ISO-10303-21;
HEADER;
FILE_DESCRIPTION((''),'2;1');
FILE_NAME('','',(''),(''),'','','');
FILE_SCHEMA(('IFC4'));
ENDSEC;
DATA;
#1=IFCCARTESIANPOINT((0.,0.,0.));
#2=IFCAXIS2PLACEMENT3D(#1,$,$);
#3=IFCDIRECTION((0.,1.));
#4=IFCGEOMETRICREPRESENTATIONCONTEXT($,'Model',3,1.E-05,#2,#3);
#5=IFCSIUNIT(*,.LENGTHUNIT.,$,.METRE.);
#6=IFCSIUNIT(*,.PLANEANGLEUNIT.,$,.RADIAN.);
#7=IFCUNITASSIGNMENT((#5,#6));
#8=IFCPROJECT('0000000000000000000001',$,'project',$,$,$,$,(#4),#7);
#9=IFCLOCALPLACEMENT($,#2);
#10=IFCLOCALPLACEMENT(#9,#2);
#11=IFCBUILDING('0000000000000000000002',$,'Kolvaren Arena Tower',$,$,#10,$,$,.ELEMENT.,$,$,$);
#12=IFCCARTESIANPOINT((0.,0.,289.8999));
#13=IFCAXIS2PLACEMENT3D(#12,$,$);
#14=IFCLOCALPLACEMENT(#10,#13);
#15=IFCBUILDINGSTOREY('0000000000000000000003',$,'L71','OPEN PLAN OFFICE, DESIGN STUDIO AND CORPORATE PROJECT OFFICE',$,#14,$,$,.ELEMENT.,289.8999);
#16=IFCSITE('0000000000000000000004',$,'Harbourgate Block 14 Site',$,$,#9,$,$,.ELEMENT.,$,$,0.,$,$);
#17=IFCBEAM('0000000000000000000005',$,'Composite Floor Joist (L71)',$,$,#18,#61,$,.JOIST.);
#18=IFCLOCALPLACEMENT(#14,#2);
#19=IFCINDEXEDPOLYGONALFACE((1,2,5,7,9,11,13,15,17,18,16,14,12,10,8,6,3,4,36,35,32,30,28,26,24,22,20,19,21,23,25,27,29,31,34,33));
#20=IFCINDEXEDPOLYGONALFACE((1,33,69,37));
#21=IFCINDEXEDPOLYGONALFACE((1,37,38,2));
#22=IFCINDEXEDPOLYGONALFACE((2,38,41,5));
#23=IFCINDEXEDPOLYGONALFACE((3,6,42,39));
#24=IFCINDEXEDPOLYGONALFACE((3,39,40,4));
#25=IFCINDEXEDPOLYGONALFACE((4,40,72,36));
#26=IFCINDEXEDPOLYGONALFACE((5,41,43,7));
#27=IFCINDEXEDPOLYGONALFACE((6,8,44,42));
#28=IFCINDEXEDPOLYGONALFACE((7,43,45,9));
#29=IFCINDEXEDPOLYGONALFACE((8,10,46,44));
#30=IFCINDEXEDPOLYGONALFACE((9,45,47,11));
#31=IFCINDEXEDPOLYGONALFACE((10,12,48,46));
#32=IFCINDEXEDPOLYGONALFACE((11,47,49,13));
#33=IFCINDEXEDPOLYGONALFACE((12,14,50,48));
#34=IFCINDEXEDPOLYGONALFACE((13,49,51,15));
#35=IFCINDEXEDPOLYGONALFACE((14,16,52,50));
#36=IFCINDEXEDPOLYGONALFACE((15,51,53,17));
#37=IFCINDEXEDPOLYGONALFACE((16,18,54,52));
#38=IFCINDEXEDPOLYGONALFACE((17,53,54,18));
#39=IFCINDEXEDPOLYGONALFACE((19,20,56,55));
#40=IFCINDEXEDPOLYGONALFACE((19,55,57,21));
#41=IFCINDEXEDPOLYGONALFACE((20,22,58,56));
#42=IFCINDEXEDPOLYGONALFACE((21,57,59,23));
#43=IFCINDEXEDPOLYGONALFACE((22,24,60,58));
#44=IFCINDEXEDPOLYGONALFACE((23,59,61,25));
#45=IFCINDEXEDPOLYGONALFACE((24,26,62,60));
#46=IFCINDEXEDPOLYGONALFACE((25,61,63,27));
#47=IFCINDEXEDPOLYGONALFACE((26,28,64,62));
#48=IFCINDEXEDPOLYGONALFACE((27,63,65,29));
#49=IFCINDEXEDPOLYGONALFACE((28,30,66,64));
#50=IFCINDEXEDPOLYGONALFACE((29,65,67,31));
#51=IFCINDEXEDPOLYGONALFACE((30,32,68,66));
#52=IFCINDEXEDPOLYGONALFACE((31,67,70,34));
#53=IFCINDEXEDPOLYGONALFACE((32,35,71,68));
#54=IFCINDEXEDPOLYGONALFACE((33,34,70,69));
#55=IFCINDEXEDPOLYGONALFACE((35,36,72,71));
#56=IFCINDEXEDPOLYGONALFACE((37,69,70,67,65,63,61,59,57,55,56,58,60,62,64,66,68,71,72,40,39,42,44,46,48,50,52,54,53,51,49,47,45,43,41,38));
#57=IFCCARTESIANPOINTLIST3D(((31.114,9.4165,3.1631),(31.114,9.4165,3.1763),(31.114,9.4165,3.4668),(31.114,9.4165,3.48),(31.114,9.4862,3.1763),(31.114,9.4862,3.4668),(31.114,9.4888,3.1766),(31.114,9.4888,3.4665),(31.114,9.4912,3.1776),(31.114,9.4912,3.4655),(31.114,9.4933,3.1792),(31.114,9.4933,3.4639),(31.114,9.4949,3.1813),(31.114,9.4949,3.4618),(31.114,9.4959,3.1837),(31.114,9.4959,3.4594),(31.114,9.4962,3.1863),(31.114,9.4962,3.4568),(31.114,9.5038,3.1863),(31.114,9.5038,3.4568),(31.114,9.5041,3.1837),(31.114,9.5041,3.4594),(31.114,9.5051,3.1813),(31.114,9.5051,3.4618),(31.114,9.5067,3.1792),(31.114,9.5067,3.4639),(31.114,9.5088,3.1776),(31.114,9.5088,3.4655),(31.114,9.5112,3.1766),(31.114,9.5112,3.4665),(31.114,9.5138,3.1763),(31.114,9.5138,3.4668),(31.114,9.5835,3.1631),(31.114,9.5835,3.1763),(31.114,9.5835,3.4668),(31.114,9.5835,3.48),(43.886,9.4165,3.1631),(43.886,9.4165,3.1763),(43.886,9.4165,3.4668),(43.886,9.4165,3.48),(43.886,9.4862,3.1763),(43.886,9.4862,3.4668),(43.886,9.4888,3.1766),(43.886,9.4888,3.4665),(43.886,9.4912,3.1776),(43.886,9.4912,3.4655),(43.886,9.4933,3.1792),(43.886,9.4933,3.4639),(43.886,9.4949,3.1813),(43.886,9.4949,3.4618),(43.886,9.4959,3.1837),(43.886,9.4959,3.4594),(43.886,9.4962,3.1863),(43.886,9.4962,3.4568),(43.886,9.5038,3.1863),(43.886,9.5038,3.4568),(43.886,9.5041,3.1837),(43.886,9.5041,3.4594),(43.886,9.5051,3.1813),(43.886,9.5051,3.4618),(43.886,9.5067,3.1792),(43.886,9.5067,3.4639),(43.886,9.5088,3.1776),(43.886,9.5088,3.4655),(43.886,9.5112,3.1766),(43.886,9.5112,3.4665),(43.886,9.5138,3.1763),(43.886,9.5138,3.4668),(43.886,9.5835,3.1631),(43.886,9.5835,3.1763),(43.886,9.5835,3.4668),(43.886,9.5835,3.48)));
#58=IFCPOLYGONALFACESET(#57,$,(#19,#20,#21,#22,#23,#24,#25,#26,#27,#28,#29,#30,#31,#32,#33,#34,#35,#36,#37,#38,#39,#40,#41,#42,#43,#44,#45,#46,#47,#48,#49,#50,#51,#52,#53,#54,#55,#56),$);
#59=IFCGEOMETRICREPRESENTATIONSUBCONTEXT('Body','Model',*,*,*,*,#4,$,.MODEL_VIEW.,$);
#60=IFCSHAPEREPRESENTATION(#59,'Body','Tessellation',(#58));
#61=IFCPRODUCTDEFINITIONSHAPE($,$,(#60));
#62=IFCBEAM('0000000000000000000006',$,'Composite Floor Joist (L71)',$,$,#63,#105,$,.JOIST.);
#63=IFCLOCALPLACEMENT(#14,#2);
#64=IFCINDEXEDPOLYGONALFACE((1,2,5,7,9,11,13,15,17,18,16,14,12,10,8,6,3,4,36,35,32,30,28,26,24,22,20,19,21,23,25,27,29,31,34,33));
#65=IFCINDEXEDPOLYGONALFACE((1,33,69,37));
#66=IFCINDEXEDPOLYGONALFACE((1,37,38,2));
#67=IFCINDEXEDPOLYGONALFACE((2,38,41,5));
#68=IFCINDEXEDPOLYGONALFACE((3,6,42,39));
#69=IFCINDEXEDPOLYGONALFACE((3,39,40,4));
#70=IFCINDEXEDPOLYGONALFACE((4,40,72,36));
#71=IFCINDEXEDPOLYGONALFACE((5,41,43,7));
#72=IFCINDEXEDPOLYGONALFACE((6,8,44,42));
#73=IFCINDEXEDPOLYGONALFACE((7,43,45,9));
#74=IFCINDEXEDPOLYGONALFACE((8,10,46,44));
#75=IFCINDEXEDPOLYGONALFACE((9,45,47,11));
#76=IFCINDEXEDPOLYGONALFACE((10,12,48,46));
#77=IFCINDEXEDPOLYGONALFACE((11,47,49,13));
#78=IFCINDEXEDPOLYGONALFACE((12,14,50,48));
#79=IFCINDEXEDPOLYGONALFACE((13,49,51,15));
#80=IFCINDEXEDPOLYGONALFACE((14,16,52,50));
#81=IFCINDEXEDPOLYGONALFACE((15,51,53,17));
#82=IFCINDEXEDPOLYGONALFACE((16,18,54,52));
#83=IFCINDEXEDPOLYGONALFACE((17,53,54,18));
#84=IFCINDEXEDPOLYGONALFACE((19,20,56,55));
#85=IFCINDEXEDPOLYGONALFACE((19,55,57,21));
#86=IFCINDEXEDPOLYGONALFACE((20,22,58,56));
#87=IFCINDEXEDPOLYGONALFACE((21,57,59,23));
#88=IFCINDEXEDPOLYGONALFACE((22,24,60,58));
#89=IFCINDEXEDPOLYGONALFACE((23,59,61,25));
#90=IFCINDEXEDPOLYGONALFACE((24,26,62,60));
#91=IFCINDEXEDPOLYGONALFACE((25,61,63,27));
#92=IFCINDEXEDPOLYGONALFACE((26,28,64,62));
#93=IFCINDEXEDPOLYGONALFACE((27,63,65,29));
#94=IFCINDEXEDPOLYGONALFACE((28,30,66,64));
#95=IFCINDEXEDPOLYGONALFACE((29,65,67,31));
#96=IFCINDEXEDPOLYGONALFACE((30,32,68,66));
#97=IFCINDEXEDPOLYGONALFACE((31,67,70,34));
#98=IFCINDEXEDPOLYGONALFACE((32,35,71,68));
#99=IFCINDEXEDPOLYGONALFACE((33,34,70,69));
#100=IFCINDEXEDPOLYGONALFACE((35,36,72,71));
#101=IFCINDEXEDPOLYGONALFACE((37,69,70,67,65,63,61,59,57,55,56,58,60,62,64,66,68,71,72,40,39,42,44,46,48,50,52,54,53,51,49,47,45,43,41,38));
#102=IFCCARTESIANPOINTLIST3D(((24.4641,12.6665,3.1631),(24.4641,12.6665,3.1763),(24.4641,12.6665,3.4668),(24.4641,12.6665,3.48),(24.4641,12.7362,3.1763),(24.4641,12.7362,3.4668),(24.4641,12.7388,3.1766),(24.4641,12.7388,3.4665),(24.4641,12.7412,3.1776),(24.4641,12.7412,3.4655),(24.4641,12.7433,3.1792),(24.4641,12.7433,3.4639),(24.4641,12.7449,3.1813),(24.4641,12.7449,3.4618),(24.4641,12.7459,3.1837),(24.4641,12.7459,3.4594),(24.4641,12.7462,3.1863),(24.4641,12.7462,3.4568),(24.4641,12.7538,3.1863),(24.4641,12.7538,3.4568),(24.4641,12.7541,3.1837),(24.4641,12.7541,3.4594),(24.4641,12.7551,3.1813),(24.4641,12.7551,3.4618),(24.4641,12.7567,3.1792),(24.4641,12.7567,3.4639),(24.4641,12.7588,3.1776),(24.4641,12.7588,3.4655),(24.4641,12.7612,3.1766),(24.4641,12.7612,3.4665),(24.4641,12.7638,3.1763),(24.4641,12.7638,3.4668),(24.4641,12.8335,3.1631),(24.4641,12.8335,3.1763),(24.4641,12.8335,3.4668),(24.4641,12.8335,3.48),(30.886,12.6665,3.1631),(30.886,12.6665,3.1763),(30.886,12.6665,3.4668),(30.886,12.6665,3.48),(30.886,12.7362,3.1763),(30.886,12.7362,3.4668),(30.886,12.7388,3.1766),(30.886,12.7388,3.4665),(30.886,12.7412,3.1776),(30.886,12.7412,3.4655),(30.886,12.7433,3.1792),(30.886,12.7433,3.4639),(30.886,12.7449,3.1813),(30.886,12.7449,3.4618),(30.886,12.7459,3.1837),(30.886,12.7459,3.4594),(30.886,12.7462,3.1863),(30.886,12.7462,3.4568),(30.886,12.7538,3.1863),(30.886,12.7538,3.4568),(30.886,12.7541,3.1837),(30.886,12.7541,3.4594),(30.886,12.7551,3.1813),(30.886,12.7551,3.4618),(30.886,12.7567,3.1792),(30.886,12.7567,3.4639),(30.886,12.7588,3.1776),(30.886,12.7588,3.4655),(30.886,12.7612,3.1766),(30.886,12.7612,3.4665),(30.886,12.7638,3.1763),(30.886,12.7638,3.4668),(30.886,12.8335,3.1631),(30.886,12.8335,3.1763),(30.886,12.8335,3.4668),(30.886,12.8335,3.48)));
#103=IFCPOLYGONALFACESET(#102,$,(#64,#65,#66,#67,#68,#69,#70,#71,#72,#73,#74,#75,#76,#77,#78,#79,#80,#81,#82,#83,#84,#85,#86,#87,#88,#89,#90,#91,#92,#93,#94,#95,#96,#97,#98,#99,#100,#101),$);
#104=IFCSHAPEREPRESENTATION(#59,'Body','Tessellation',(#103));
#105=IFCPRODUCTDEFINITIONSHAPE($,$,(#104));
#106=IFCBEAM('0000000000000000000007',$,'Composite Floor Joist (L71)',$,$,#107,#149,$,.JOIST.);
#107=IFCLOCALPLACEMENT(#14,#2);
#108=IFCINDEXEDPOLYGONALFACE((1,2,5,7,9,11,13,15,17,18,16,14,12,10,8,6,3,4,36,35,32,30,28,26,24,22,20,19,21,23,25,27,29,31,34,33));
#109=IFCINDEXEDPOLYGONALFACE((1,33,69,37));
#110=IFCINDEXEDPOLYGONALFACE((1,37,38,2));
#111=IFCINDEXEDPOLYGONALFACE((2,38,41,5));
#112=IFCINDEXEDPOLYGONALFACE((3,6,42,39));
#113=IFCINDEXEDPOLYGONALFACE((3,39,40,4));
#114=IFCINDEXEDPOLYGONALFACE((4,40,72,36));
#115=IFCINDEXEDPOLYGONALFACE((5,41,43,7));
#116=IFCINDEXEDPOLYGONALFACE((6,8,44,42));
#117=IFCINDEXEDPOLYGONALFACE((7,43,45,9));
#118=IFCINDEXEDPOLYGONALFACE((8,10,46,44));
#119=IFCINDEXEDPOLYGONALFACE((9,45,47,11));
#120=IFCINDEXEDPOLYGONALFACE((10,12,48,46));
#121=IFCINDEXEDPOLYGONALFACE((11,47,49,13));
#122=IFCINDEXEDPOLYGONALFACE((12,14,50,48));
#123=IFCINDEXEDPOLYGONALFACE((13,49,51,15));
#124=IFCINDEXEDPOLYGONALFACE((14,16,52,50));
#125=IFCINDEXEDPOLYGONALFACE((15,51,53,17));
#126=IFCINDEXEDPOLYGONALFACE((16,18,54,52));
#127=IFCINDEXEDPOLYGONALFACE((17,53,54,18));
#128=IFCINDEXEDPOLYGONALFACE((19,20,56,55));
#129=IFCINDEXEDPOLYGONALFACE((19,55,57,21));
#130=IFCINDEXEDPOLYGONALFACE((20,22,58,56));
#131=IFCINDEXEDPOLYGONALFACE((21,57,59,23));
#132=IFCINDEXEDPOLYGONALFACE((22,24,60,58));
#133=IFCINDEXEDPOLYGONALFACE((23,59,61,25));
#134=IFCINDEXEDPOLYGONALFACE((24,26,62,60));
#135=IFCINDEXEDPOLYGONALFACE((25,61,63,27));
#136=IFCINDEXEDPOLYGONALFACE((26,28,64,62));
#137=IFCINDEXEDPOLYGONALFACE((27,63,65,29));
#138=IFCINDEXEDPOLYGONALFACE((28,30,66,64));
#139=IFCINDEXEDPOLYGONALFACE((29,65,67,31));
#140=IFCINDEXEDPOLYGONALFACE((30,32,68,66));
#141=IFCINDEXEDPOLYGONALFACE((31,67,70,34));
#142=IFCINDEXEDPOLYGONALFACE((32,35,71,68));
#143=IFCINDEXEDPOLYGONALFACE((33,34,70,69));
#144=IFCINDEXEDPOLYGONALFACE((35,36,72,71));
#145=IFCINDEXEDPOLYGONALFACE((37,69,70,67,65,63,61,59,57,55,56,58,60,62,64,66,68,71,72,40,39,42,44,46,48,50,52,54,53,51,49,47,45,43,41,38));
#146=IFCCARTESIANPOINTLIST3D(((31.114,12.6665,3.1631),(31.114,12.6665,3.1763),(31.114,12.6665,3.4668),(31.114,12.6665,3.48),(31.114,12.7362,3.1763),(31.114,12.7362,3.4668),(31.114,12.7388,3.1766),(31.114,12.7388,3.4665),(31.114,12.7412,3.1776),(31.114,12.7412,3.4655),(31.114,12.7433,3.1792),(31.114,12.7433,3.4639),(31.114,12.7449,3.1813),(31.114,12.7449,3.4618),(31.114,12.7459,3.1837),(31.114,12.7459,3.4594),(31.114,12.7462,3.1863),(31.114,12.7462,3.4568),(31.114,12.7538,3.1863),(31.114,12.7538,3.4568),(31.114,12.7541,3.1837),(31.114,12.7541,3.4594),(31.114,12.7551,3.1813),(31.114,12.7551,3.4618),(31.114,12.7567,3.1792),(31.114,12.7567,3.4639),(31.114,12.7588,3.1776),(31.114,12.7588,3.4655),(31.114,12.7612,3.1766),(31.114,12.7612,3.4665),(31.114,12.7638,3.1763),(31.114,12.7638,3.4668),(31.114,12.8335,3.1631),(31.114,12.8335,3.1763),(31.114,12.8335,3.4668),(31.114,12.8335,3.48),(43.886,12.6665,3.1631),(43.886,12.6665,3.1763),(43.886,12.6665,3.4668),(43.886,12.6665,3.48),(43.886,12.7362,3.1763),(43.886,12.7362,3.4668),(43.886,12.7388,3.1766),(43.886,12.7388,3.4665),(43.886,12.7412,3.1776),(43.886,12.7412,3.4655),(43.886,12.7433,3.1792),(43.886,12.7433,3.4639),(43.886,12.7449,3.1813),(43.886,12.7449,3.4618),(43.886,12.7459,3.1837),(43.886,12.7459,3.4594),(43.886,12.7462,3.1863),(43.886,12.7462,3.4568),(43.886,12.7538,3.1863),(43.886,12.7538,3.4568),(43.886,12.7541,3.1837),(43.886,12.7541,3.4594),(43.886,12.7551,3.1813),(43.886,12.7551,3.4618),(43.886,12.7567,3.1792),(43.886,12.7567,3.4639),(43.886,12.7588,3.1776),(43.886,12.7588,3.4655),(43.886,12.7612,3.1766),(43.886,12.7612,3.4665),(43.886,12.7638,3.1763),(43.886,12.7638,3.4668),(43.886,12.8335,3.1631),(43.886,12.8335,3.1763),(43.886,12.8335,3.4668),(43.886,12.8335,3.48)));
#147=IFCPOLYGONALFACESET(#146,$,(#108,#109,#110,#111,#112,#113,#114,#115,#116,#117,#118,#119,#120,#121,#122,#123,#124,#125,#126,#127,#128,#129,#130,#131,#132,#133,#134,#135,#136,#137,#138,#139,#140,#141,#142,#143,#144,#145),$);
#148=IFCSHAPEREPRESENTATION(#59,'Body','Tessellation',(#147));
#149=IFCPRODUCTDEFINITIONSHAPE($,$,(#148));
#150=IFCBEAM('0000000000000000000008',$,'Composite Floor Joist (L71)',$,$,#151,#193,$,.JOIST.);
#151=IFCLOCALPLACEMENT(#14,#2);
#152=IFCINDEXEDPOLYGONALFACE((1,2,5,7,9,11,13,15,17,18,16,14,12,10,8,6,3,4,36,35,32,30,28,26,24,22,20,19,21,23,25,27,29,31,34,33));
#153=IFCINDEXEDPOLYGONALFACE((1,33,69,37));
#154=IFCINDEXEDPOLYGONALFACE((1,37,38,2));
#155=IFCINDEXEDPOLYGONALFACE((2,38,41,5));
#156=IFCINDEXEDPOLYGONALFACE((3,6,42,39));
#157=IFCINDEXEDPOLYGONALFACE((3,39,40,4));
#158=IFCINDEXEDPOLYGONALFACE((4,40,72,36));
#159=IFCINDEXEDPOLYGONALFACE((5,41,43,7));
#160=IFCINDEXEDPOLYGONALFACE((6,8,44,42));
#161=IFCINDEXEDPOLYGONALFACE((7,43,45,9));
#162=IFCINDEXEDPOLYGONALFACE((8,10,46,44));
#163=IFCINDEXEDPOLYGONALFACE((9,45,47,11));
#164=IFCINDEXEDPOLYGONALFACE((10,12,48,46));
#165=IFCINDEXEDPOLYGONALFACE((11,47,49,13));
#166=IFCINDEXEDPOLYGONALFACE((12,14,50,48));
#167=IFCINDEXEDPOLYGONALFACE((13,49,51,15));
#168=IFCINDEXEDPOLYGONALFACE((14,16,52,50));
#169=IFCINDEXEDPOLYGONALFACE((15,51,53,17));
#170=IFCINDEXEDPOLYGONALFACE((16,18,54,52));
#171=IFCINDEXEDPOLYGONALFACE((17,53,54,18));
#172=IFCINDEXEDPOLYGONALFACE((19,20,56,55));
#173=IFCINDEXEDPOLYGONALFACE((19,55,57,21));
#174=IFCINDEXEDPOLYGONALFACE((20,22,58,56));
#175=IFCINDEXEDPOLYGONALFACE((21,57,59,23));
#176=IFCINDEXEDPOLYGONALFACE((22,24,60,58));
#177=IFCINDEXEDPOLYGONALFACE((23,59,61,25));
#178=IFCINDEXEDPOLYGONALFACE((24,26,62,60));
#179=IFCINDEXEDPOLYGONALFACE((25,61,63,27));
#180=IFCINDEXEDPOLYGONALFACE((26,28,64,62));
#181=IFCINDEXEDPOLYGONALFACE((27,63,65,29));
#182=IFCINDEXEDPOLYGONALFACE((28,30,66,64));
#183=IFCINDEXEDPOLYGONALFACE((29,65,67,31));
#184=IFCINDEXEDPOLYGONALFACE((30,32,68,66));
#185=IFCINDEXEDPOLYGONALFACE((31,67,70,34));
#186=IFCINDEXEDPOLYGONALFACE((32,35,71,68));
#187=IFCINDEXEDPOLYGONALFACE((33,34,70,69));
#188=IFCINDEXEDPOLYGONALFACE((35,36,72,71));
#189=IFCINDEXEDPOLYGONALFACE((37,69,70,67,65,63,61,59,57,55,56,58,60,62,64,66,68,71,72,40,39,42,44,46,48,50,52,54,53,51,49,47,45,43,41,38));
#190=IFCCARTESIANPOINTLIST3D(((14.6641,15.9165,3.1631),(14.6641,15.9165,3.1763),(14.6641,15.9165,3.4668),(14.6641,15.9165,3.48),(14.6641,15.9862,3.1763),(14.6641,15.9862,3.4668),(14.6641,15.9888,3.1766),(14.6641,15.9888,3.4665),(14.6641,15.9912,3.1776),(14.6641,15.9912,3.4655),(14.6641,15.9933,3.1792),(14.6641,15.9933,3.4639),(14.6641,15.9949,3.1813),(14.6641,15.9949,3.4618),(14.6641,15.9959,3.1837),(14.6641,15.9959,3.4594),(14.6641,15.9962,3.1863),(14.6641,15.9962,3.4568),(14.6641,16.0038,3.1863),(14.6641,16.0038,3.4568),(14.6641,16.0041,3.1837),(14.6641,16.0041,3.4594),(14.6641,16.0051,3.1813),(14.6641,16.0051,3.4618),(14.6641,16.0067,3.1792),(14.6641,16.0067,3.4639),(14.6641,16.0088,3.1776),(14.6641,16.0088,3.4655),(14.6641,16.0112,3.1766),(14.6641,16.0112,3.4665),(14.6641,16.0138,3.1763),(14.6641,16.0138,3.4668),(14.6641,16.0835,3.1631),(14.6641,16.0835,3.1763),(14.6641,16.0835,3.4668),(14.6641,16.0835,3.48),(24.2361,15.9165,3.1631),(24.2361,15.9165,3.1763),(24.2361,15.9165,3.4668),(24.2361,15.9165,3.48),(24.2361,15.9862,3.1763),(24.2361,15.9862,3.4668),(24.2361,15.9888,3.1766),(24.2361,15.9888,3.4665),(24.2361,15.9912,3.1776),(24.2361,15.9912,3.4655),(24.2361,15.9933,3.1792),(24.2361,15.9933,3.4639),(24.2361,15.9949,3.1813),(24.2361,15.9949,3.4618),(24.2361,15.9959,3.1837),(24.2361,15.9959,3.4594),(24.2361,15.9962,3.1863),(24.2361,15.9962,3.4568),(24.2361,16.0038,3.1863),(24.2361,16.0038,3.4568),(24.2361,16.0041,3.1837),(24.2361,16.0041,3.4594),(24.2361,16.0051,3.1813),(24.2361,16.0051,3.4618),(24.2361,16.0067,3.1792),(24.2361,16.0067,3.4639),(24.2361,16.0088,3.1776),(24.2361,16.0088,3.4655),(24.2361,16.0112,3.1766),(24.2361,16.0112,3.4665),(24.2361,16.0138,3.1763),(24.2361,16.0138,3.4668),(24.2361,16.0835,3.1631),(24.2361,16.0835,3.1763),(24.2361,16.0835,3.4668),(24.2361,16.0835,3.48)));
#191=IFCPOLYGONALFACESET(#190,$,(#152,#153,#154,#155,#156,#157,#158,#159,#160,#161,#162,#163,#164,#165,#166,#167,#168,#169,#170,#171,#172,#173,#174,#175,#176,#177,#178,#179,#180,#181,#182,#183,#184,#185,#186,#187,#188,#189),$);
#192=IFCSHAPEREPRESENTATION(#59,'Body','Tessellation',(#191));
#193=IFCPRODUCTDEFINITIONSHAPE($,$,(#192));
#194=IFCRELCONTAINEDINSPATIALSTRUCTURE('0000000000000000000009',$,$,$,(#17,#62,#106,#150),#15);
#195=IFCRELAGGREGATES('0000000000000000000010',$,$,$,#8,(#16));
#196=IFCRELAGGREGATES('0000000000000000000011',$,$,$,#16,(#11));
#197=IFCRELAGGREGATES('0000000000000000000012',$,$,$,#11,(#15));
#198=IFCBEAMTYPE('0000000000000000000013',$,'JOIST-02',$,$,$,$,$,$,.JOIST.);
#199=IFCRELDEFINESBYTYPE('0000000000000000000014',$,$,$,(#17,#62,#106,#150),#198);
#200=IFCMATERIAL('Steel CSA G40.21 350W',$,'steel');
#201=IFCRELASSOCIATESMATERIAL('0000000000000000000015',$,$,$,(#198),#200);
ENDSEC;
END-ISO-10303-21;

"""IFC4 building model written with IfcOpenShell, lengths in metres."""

from ifc_helpers import new_model, si_unit, direction, frame, origin, origin_2d, place, context, subcontext, project, spatial, i_section, extrude, material, material_profile, profile_set, type_object, element, save


model = new_model("IFC4")

# Units and contexts
model_context = context("Model", 3, precision=1e-05, world=origin(), true_north=direction((0.0, 1.0)))
body_context = subcontext(model_context, "Body", "Model", "MODEL_VIEW")
ifc_project = project(units=[si_unit("LENGTHUNIT", "METRE"), si_unit("PLANEANGLEUNIT", "RADIAN")], contexts=[model_context])

# Site, building, storey
site_placement = place(None, origin())
site = spatial("IfcSite", under=ifc_project, at=site_placement, Name="Harbourgate Block 14 Site", CompositionType="ELEMENT", RefElevation=0.0)
building_placement = place(site_placement, origin())
building = spatial("IfcBuilding", under=site, at=building_placement, Name="Kolvaren Arena Tower", CompositionType="ELEMENT")
storey_placement = place(building_placement, frame((0.0, 0.0, 289.8999)))
storey = spatial("IfcBuildingStorey", under=building, at=storey_placement, Name="L71", Description="OPEN PLAN OFFICE, DESIGN STUDIO AND CORPORATE PROJECT OFFICE", CompositionType="ELEMENT", Elevation=289.8999)

# Beams
ifc_material_1 = material(Name="Steel CSA G40.21 350W", Category="steel")
ifc_material_profile_1 = material_profile(ifc_material_1, i_section(OverallWidth=0.167, OverallDepth=0.3169, WebThickness=0.0076, FlangeThickness=0.0132, FilletRadius=0.01, at=origin_2d()), Name="W310x52")
ifc_profile_set_1 = profile_set([ifc_material_profile_1], Name="Steel CSA G40.21 350W")
beam_type_1 = type_object("IfcBeamType", Name="JOIST-02", PredefinedType="JOIST", material=ifc_profile_set_1)
beam_1_placement = place(storey_placement, frame((31.114, 9.5, 3.3215), z_axis=(1.0, 0.0, 0.0), x_axis=(0.0, 1.0, 0.0)))
element("IfcBeam", 1, at=beam_1_placement, inside=storey, type_object=beam_type_1, Name="Composite Floor Joist (L71)", PredefinedType="JOIST", context=body_context, shape_type="SweptSolid", body=[
    extrude(i_section(OverallWidth=0.167, OverallDepth=0.3169, WebThickness=0.0076, FlangeThickness=0.0132, FilletRadius=0.01, at=origin_2d()), origin(), (0.0, 0.0, 1.0), 12.772),
])
beam_2_placement = place(storey_placement, frame((24.4641, 12.75, 3.3215), z_axis=(1.0, 0.0, 0.0), x_axis=(0.0, 1.0, 0.0)))
element("IfcBeam", 2, at=beam_2_placement, inside=storey, type_object=beam_type_1, Name="Composite Floor Joist (L71)", PredefinedType="JOIST", context=body_context, shape_type="SweptSolid", body=[
    extrude(i_section(OverallWidth=0.167, OverallDepth=0.3169, WebThickness=0.0076, FlangeThickness=0.0132, FilletRadius=0.01, at=origin_2d()), origin(), (0.0, 0.0, 1.0), 6.4219),
])
beam_3_placement = place(storey_placement, frame((31.114, 12.75, 3.3215), z_axis=(1.0, 0.0, 0.0), x_axis=(0.0, 1.0, 0.0)))
element("IfcBeam", 3, at=beam_3_placement, inside=storey, type_object=beam_type_1, Name="Composite Floor Joist (L71)", PredefinedType="JOIST", context=body_context, shape_type="SweptSolid", body=[
    extrude(i_section(OverallWidth=0.167, OverallDepth=0.3169, WebThickness=0.0076, FlangeThickness=0.0132, FilletRadius=0.01, at=origin_2d()), origin(), (0.0, 0.0, 1.0), 12.772),
])
beam_4_placement = place(storey_placement, frame((14.6641, 16.0, 3.3215), z_axis=(1.0, 0.0, 0.0), x_axis=(0.0, 1.0, 0.0)))
element("IfcBeam", 4, at=beam_4_placement, inside=storey, type_object=beam_type_1, Name="Composite Floor Joist (L71)", PredefinedType="JOIST", context=body_context, shape_type="SweptSolid", body=[
    extrude(i_section(OverallWidth=0.167, OverallDepth=0.3169, WebThickness=0.0076, FlangeThickness=0.0132, FilletRadius=0.01, at=origin_2d()), origin(), (0.0, 0.0, 1.0), 9.572),
])

save(model, "model.ifc")
